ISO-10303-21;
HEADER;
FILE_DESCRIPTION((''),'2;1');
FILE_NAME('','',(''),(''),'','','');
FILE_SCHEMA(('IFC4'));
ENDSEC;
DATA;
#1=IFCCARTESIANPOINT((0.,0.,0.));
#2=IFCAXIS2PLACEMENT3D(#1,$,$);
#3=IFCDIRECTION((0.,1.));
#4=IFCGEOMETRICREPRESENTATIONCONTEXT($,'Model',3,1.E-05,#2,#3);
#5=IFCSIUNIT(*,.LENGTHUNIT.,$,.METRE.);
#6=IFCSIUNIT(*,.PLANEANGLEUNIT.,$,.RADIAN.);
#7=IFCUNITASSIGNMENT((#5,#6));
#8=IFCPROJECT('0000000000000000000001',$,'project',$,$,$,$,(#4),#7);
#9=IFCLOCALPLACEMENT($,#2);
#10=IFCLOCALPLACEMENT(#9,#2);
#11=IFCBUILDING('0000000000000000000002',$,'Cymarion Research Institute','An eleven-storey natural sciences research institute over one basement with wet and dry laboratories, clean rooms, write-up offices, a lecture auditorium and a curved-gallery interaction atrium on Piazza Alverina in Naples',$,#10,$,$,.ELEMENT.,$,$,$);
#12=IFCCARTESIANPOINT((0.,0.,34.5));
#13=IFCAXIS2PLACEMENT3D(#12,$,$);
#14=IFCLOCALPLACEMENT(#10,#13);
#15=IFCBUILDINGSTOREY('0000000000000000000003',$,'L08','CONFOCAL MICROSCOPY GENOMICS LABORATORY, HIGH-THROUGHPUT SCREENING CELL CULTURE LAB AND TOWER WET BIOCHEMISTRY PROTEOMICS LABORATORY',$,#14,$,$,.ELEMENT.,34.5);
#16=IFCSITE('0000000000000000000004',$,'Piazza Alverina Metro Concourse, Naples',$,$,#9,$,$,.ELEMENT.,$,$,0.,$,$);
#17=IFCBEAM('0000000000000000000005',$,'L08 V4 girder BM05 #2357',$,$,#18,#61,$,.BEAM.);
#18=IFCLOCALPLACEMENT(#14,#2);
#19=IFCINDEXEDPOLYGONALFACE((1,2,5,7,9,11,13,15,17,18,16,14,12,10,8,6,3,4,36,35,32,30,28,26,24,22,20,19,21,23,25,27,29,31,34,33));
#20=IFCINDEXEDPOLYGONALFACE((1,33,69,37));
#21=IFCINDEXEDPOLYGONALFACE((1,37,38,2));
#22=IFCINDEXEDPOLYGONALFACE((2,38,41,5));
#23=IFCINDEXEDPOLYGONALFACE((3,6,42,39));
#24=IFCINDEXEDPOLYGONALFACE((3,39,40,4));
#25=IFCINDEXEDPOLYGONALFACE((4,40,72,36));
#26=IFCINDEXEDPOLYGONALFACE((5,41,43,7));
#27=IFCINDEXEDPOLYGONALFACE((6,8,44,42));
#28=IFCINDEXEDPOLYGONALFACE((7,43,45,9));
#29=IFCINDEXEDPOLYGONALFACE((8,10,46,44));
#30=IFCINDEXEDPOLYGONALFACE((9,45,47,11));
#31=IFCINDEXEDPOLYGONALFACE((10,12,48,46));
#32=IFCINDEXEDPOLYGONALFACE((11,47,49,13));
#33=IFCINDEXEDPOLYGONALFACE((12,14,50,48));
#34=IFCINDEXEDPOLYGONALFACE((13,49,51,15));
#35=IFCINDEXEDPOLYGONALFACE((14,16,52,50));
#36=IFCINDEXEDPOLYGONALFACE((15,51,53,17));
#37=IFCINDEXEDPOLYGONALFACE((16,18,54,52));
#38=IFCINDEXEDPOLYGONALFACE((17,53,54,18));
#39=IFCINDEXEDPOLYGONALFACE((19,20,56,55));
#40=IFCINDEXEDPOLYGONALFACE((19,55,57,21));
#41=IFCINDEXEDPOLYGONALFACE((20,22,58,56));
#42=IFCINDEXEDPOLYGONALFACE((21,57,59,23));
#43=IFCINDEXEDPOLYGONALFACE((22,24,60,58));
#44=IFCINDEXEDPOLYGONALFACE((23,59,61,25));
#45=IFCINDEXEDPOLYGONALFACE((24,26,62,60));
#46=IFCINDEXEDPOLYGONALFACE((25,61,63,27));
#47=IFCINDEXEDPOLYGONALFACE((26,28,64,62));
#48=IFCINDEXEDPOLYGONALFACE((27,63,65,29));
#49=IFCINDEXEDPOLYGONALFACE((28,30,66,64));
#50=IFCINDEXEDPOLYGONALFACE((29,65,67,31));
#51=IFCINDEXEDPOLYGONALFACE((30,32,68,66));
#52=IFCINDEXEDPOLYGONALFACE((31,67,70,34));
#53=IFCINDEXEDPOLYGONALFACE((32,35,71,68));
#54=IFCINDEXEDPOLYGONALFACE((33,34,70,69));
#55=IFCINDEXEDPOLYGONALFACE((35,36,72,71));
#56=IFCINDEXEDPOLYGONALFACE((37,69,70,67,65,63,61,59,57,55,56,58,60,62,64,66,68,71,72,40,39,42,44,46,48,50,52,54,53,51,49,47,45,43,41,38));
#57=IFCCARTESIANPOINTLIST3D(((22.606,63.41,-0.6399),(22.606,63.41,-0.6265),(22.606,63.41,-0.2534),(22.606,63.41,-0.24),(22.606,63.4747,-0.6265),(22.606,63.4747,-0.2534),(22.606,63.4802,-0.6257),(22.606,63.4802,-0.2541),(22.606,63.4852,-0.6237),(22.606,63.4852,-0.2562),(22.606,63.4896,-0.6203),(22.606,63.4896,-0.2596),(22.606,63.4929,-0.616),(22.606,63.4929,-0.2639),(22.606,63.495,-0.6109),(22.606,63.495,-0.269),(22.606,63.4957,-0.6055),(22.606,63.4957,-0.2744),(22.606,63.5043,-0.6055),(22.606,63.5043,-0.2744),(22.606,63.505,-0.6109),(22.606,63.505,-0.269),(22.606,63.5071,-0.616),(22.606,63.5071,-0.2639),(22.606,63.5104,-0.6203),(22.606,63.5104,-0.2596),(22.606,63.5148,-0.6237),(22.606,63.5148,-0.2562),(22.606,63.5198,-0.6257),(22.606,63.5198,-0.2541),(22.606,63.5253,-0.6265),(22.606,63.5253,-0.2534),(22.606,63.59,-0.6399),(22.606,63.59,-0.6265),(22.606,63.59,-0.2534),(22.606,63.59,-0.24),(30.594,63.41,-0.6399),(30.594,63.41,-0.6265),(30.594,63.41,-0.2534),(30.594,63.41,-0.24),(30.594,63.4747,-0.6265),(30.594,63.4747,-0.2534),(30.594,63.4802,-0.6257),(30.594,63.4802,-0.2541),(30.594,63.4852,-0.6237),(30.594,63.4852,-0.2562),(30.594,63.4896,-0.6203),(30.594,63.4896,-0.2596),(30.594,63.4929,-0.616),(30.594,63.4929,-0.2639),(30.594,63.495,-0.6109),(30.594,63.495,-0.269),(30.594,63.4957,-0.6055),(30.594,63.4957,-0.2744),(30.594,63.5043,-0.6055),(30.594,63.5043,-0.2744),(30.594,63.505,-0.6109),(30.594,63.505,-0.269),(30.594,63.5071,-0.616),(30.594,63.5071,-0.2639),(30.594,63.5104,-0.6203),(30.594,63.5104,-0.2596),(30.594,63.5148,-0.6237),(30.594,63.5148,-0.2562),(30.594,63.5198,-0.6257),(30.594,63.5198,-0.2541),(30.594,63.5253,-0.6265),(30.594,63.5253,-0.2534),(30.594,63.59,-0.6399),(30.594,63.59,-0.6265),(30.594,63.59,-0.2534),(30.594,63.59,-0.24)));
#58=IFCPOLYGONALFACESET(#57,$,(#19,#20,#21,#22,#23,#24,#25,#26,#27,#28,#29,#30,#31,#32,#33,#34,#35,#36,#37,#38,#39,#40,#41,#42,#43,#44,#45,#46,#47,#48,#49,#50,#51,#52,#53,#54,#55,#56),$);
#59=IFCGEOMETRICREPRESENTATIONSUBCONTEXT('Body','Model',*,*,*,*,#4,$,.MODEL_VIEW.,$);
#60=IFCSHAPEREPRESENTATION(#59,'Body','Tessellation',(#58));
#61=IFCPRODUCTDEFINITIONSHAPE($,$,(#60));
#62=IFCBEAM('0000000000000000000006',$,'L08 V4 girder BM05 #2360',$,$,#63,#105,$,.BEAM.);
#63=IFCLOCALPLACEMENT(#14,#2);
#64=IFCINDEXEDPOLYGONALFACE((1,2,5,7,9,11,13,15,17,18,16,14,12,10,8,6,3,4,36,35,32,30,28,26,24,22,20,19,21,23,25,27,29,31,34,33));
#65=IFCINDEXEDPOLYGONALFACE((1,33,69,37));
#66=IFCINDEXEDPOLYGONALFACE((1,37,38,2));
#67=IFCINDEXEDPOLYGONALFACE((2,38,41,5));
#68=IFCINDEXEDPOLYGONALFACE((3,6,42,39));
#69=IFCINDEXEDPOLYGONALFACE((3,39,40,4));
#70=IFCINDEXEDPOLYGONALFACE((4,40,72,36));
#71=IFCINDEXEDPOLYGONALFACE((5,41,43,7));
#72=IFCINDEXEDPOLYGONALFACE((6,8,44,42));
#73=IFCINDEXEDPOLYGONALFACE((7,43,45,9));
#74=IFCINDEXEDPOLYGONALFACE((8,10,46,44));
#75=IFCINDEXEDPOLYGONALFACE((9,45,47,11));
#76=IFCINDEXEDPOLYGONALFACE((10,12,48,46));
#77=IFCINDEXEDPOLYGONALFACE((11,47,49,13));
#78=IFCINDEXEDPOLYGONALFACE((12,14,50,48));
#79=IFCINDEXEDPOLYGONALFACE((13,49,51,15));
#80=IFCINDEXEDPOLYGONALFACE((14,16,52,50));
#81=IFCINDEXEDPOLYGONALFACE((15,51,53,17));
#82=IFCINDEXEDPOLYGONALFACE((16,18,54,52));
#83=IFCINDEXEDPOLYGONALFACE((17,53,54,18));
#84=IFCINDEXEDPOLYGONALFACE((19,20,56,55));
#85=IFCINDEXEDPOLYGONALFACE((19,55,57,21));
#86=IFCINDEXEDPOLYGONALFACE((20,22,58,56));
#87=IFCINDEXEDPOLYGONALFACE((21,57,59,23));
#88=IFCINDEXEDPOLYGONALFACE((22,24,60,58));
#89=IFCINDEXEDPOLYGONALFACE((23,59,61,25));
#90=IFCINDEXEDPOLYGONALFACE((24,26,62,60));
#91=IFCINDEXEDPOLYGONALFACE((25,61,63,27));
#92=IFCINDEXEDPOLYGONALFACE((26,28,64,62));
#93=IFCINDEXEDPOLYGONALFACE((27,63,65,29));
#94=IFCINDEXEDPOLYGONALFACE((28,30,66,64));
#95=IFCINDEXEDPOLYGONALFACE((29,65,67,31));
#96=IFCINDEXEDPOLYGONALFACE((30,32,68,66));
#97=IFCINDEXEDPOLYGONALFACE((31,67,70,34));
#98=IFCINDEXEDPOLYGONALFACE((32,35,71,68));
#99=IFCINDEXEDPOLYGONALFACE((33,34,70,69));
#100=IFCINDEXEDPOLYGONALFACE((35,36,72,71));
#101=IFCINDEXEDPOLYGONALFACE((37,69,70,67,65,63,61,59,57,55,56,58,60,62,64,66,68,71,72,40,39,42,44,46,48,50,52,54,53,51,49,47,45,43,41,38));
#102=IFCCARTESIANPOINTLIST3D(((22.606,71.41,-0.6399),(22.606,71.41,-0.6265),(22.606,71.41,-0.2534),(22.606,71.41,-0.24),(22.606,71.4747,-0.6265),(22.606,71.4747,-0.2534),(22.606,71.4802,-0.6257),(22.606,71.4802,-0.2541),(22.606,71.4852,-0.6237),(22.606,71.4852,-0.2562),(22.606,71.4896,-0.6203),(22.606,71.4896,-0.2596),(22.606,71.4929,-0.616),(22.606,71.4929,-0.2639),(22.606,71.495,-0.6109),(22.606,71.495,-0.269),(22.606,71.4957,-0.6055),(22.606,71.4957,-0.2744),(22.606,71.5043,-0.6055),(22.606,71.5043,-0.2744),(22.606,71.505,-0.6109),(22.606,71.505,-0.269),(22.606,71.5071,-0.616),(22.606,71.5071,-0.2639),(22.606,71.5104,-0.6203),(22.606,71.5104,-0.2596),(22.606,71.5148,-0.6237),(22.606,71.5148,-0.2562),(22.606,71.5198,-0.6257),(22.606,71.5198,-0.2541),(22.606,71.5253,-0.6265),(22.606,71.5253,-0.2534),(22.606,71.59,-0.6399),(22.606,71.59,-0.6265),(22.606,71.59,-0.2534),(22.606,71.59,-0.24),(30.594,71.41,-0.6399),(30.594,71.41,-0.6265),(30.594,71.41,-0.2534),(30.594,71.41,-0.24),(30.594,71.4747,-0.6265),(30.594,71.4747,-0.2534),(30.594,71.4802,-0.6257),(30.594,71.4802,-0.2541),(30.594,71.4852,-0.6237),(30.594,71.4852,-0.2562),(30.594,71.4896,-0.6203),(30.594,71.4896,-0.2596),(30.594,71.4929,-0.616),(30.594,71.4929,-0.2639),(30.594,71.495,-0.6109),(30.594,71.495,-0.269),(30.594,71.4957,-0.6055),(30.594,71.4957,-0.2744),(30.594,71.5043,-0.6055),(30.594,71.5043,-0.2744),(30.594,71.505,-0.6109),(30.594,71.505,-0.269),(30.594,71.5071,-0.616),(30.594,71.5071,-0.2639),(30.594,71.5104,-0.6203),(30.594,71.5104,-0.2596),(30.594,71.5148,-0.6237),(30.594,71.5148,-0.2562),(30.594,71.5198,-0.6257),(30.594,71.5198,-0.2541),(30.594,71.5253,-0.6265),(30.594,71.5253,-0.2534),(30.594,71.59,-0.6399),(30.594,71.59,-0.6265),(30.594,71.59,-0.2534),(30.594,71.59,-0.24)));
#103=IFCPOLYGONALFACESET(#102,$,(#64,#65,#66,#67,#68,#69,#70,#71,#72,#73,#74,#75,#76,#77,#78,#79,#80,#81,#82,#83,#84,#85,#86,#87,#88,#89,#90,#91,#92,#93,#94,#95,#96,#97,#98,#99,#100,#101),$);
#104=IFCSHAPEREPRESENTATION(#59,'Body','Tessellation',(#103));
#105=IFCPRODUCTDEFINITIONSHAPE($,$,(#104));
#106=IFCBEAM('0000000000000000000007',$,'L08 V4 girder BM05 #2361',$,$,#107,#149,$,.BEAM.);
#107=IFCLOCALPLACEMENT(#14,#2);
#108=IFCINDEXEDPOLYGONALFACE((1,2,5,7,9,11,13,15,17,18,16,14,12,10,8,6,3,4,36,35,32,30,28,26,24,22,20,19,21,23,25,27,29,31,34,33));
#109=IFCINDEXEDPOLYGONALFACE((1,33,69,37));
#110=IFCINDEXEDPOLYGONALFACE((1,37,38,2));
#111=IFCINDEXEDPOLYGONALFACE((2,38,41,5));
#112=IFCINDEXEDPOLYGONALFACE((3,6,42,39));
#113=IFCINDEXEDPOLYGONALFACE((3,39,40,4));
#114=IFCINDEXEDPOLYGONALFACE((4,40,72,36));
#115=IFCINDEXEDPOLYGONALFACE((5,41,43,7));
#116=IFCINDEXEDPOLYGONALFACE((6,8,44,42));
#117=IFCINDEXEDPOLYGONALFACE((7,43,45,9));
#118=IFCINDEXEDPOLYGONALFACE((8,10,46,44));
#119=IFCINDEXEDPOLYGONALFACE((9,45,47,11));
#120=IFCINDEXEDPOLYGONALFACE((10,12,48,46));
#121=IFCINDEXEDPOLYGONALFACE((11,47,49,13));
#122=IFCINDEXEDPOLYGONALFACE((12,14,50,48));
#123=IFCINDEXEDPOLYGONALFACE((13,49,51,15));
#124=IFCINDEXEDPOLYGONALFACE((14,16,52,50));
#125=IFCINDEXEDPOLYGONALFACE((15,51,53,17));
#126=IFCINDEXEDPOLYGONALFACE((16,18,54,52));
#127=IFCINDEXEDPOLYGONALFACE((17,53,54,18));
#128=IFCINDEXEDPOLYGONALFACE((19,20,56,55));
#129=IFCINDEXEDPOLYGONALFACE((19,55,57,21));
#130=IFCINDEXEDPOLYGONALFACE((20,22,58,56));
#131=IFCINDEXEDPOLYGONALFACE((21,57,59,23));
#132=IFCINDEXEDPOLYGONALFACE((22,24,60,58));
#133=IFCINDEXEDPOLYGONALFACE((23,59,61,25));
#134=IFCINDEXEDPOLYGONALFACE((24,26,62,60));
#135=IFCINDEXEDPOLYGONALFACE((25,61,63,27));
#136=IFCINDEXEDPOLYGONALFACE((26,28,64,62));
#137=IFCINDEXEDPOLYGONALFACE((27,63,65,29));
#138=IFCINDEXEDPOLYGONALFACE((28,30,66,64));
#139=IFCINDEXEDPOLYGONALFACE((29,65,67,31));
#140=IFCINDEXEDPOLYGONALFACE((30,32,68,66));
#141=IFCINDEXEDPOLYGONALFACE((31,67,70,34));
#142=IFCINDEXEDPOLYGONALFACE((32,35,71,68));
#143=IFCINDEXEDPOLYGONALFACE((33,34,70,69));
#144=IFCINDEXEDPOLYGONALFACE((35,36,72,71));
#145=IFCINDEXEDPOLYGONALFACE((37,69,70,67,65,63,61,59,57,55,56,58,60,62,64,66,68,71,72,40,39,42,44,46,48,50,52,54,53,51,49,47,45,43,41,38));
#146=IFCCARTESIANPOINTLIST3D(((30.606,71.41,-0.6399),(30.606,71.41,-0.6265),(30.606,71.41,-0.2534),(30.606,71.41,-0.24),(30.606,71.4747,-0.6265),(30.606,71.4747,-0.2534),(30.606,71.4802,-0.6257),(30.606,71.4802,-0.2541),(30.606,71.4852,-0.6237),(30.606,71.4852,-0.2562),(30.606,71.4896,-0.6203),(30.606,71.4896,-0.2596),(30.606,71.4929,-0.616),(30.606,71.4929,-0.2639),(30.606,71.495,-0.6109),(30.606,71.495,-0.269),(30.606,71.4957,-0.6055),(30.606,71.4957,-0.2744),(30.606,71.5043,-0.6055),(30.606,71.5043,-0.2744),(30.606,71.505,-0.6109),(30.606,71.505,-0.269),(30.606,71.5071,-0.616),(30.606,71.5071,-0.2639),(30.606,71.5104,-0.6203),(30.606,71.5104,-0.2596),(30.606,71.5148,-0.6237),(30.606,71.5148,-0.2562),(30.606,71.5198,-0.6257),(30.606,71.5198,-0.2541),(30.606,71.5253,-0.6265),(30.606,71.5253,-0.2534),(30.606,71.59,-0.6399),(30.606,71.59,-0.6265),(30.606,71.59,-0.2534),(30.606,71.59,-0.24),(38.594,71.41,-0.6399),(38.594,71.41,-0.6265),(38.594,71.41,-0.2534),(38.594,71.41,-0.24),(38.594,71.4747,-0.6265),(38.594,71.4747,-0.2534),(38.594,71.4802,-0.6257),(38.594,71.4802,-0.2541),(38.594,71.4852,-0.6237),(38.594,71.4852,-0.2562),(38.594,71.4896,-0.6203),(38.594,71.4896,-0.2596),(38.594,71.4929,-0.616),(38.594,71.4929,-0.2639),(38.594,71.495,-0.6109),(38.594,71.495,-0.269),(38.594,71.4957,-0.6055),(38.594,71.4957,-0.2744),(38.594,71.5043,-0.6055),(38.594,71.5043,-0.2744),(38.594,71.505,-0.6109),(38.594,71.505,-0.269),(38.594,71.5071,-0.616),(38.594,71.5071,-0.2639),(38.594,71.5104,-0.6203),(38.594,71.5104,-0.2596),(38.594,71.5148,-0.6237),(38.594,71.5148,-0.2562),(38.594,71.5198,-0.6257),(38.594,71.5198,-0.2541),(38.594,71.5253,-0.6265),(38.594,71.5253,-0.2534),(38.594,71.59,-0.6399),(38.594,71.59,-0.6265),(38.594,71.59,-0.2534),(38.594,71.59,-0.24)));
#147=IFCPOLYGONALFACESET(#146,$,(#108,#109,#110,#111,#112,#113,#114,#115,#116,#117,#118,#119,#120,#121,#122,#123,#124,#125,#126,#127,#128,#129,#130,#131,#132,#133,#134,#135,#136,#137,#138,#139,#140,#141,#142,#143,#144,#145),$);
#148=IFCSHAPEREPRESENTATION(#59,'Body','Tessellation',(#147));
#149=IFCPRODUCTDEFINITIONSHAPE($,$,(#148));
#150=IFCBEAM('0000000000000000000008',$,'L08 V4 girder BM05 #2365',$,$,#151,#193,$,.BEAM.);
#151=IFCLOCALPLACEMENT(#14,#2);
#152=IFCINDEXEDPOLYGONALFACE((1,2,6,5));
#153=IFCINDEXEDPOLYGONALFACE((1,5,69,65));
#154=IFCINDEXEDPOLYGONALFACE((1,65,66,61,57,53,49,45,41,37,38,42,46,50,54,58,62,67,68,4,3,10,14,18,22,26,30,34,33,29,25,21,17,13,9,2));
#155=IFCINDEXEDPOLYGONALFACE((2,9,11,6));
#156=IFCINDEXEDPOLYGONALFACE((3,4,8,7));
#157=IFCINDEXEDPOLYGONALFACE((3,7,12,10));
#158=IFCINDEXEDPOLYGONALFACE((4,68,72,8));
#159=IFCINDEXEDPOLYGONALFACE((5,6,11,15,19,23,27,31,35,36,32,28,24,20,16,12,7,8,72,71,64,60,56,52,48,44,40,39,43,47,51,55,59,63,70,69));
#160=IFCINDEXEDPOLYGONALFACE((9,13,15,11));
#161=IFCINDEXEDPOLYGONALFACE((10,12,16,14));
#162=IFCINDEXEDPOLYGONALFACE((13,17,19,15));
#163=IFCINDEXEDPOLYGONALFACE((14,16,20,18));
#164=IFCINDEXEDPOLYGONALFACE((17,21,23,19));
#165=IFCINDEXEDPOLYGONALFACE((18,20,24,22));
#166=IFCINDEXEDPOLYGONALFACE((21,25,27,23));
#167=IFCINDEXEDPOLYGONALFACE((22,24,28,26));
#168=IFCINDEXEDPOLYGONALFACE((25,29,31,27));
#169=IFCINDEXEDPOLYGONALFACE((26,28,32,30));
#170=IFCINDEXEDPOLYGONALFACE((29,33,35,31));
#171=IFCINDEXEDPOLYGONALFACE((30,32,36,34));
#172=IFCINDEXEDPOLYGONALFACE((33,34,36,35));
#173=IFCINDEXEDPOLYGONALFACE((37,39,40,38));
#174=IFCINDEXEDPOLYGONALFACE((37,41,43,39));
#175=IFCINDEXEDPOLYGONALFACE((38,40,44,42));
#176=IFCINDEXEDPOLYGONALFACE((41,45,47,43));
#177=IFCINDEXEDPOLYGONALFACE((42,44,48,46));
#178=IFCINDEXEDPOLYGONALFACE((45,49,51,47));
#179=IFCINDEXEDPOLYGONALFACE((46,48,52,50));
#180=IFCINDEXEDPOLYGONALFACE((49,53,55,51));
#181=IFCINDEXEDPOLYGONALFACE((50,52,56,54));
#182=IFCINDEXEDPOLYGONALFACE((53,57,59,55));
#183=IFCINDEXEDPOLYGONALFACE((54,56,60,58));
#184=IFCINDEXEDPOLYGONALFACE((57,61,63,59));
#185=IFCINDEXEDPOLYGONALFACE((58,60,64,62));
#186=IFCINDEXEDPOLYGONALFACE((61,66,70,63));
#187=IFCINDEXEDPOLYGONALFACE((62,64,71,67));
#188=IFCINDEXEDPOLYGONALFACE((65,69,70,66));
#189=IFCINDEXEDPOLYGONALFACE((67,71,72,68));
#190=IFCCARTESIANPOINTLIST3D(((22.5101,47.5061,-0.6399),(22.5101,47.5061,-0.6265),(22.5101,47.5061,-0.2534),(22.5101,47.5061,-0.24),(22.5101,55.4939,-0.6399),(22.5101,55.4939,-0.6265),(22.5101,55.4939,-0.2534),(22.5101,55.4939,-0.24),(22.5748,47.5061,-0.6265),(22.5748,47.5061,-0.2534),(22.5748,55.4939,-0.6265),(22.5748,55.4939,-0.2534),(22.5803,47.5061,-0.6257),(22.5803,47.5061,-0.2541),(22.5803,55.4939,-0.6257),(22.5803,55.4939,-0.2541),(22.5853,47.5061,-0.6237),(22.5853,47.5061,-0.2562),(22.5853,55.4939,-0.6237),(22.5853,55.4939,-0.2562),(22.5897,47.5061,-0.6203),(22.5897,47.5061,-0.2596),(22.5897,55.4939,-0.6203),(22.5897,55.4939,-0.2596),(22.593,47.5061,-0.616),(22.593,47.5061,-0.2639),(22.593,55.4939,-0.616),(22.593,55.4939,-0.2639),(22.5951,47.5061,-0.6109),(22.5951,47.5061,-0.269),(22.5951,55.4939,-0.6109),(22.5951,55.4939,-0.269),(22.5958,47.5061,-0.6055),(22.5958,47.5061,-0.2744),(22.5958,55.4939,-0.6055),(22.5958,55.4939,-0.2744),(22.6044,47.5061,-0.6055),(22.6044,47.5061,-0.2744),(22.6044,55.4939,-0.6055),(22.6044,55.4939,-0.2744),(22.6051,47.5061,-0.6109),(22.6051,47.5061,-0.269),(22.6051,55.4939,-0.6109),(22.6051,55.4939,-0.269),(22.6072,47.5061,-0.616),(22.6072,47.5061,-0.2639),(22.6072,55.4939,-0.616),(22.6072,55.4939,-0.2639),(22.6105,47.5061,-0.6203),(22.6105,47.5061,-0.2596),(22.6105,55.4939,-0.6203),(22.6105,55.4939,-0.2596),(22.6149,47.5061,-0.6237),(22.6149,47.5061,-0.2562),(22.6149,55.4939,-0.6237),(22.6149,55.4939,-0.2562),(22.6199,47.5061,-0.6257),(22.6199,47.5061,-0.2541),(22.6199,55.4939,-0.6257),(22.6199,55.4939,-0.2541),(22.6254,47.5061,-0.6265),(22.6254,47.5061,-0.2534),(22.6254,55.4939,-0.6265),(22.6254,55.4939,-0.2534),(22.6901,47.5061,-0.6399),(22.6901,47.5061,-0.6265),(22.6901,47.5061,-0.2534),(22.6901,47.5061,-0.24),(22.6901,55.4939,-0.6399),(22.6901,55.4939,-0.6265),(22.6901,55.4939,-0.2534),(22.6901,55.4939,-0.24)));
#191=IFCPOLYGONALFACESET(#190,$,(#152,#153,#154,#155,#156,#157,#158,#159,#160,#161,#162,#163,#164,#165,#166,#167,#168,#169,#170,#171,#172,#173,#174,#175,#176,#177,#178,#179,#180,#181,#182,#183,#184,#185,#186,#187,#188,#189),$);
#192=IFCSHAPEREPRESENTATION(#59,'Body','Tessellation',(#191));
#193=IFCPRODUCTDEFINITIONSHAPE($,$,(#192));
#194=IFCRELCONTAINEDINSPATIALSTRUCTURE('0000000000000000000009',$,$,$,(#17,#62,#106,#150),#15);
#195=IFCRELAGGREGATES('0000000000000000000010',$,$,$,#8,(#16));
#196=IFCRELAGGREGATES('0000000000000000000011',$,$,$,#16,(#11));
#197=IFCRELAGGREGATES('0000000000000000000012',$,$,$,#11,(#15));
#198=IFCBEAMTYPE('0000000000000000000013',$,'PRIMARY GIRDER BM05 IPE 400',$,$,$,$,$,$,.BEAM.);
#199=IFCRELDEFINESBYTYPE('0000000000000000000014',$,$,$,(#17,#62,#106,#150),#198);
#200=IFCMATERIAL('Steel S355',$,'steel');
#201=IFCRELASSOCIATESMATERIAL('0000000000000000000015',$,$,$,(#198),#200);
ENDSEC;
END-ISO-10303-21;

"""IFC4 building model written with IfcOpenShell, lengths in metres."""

from ifc_helpers import new_model, si_unit, direction, frame, origin, origin_2d, place, context, subcontext, project, spatial, i_section, extrude, material, material_profile, profile_set, type_object, element, save


model = new_model("IFC4")

# Units and contexts
model_context = context("Model", 3, precision=1e-05, world=origin(), true_north=direction((0.0, 1.0)))
body_context = subcontext(model_context, "Body", "Model", "MODEL_VIEW")
ifc_project = project(units=[si_unit("LENGTHUNIT", "METRE"), si_unit("PLANEANGLEUNIT", "RADIAN")], contexts=[model_context])

# Site, building, storey
site_placement = place(None, origin())
site = spatial("IfcSite", under=ifc_project, at=site_placement, Name="Piazza Alverina Metro Concourse, Naples", CompositionType="ELEMENT", RefElevation=0.0)
building_placement = place(site_placement, origin())
building = spatial("IfcBuilding", under=site, at=building_placement, Name="Cymarion Research Institute", Description="An eleven-storey natural sciences research institute over one basement with wet and dry laboratories, clean rooms, write-up offices, a lecture auditorium and a curved-gallery interaction atrium on Piazza Alverina in Naples", CompositionType="ELEMENT")
storey_placement = place(building_placement, frame((0.0, 0.0, 34.5)))
storey = spatial("IfcBuildingStorey", under=building, at=storey_placement, Name="L08", Description="CONFOCAL MICROSCOPY GENOMICS LABORATORY, HIGH-THROUGHPUT SCREENING CELL CULTURE LAB AND TOWER WET BIOCHEMISTRY PROTEOMICS LABORATORY", CompositionType="ELEMENT", Elevation=34.5)

# Beams
ifc_material_1 = material(Name="Steel S355", Category="steel")
ifc_material_profile_1 = material_profile(ifc_material_1, i_section(OverallWidth=0.1799, OverallDepth=0.3999, WebThickness=0.0085, FlangeThickness=0.0134, FilletRadius=0.021, at=origin_2d()), Name="IPE 400")
ifc_profile_set_1 = profile_set([ifc_material_profile_1], Name="Steel S355")
beam_type_1 = type_object("IfcBeamType", Name="PRIMARY GIRDER BM05 IPE 400", PredefinedType="BEAM", material=ifc_profile_set_1)
for number, where, z_axis, x_axis, name in (
    (1, (22.606, 63.5, -0.4399), (1.0, 0.0, 0.0), (0.0, 1.0, 0.0), "L08 V4 girder BM05 #2357"),
    (2, (22.606, 71.5, -0.4399), (1.0, 0.0, 0.0), (0.0, 1.0, 0.0), "L08 V4 girder BM05 #2360"),
    (3, (30.606, 71.5, -0.4399), (1.0, 0.0, 0.0), (0.0, 1.0, 0.0), "L08 V4 girder BM05 #2361"),
):
    element("IfcBeam", number, at=place(storey_placement, frame(where, z_axis=z_axis, x_axis=x_axis)), inside=storey, type_object=beam_type_1, Name=name, PredefinedType="BEAM", context=body_context, shape_type="SweptSolid", body=[
        extrude(i_section(OverallWidth=0.1799, OverallDepth=0.3999, WebThickness=0.0085, FlangeThickness=0.0134, FilletRadius=0.021, at=origin_2d()), origin(), (0.0, 0.0, 1.0), 7.988),
    ])
for number, where, z_axis, x_axis, name in (
    (4, (22.6001, 47.5061, -0.4399), (0.0, 1.0, 0.0), (-1.0, 0.0, 0.0), "L08 V4 girder BM05 #2365"),
):
    element("IfcBeam", number, at=place(storey_placement, frame(where, z_axis=z_axis, x_axis=x_axis)), inside=storey, type_object=beam_type_1, Name=name, PredefinedType="BEAM", context=body_context, shape_type="SweptSolid", body=[
        extrude(i_section(OverallWidth=0.1799, OverallDepth=0.3999, WebThickness=0.0085, FlangeThickness=0.0134, FilletRadius=0.021, at=origin_2d()), origin(), (0.0, 0.0, 1.0), 7.9878),
    ])

save(model, "model.ifc")
